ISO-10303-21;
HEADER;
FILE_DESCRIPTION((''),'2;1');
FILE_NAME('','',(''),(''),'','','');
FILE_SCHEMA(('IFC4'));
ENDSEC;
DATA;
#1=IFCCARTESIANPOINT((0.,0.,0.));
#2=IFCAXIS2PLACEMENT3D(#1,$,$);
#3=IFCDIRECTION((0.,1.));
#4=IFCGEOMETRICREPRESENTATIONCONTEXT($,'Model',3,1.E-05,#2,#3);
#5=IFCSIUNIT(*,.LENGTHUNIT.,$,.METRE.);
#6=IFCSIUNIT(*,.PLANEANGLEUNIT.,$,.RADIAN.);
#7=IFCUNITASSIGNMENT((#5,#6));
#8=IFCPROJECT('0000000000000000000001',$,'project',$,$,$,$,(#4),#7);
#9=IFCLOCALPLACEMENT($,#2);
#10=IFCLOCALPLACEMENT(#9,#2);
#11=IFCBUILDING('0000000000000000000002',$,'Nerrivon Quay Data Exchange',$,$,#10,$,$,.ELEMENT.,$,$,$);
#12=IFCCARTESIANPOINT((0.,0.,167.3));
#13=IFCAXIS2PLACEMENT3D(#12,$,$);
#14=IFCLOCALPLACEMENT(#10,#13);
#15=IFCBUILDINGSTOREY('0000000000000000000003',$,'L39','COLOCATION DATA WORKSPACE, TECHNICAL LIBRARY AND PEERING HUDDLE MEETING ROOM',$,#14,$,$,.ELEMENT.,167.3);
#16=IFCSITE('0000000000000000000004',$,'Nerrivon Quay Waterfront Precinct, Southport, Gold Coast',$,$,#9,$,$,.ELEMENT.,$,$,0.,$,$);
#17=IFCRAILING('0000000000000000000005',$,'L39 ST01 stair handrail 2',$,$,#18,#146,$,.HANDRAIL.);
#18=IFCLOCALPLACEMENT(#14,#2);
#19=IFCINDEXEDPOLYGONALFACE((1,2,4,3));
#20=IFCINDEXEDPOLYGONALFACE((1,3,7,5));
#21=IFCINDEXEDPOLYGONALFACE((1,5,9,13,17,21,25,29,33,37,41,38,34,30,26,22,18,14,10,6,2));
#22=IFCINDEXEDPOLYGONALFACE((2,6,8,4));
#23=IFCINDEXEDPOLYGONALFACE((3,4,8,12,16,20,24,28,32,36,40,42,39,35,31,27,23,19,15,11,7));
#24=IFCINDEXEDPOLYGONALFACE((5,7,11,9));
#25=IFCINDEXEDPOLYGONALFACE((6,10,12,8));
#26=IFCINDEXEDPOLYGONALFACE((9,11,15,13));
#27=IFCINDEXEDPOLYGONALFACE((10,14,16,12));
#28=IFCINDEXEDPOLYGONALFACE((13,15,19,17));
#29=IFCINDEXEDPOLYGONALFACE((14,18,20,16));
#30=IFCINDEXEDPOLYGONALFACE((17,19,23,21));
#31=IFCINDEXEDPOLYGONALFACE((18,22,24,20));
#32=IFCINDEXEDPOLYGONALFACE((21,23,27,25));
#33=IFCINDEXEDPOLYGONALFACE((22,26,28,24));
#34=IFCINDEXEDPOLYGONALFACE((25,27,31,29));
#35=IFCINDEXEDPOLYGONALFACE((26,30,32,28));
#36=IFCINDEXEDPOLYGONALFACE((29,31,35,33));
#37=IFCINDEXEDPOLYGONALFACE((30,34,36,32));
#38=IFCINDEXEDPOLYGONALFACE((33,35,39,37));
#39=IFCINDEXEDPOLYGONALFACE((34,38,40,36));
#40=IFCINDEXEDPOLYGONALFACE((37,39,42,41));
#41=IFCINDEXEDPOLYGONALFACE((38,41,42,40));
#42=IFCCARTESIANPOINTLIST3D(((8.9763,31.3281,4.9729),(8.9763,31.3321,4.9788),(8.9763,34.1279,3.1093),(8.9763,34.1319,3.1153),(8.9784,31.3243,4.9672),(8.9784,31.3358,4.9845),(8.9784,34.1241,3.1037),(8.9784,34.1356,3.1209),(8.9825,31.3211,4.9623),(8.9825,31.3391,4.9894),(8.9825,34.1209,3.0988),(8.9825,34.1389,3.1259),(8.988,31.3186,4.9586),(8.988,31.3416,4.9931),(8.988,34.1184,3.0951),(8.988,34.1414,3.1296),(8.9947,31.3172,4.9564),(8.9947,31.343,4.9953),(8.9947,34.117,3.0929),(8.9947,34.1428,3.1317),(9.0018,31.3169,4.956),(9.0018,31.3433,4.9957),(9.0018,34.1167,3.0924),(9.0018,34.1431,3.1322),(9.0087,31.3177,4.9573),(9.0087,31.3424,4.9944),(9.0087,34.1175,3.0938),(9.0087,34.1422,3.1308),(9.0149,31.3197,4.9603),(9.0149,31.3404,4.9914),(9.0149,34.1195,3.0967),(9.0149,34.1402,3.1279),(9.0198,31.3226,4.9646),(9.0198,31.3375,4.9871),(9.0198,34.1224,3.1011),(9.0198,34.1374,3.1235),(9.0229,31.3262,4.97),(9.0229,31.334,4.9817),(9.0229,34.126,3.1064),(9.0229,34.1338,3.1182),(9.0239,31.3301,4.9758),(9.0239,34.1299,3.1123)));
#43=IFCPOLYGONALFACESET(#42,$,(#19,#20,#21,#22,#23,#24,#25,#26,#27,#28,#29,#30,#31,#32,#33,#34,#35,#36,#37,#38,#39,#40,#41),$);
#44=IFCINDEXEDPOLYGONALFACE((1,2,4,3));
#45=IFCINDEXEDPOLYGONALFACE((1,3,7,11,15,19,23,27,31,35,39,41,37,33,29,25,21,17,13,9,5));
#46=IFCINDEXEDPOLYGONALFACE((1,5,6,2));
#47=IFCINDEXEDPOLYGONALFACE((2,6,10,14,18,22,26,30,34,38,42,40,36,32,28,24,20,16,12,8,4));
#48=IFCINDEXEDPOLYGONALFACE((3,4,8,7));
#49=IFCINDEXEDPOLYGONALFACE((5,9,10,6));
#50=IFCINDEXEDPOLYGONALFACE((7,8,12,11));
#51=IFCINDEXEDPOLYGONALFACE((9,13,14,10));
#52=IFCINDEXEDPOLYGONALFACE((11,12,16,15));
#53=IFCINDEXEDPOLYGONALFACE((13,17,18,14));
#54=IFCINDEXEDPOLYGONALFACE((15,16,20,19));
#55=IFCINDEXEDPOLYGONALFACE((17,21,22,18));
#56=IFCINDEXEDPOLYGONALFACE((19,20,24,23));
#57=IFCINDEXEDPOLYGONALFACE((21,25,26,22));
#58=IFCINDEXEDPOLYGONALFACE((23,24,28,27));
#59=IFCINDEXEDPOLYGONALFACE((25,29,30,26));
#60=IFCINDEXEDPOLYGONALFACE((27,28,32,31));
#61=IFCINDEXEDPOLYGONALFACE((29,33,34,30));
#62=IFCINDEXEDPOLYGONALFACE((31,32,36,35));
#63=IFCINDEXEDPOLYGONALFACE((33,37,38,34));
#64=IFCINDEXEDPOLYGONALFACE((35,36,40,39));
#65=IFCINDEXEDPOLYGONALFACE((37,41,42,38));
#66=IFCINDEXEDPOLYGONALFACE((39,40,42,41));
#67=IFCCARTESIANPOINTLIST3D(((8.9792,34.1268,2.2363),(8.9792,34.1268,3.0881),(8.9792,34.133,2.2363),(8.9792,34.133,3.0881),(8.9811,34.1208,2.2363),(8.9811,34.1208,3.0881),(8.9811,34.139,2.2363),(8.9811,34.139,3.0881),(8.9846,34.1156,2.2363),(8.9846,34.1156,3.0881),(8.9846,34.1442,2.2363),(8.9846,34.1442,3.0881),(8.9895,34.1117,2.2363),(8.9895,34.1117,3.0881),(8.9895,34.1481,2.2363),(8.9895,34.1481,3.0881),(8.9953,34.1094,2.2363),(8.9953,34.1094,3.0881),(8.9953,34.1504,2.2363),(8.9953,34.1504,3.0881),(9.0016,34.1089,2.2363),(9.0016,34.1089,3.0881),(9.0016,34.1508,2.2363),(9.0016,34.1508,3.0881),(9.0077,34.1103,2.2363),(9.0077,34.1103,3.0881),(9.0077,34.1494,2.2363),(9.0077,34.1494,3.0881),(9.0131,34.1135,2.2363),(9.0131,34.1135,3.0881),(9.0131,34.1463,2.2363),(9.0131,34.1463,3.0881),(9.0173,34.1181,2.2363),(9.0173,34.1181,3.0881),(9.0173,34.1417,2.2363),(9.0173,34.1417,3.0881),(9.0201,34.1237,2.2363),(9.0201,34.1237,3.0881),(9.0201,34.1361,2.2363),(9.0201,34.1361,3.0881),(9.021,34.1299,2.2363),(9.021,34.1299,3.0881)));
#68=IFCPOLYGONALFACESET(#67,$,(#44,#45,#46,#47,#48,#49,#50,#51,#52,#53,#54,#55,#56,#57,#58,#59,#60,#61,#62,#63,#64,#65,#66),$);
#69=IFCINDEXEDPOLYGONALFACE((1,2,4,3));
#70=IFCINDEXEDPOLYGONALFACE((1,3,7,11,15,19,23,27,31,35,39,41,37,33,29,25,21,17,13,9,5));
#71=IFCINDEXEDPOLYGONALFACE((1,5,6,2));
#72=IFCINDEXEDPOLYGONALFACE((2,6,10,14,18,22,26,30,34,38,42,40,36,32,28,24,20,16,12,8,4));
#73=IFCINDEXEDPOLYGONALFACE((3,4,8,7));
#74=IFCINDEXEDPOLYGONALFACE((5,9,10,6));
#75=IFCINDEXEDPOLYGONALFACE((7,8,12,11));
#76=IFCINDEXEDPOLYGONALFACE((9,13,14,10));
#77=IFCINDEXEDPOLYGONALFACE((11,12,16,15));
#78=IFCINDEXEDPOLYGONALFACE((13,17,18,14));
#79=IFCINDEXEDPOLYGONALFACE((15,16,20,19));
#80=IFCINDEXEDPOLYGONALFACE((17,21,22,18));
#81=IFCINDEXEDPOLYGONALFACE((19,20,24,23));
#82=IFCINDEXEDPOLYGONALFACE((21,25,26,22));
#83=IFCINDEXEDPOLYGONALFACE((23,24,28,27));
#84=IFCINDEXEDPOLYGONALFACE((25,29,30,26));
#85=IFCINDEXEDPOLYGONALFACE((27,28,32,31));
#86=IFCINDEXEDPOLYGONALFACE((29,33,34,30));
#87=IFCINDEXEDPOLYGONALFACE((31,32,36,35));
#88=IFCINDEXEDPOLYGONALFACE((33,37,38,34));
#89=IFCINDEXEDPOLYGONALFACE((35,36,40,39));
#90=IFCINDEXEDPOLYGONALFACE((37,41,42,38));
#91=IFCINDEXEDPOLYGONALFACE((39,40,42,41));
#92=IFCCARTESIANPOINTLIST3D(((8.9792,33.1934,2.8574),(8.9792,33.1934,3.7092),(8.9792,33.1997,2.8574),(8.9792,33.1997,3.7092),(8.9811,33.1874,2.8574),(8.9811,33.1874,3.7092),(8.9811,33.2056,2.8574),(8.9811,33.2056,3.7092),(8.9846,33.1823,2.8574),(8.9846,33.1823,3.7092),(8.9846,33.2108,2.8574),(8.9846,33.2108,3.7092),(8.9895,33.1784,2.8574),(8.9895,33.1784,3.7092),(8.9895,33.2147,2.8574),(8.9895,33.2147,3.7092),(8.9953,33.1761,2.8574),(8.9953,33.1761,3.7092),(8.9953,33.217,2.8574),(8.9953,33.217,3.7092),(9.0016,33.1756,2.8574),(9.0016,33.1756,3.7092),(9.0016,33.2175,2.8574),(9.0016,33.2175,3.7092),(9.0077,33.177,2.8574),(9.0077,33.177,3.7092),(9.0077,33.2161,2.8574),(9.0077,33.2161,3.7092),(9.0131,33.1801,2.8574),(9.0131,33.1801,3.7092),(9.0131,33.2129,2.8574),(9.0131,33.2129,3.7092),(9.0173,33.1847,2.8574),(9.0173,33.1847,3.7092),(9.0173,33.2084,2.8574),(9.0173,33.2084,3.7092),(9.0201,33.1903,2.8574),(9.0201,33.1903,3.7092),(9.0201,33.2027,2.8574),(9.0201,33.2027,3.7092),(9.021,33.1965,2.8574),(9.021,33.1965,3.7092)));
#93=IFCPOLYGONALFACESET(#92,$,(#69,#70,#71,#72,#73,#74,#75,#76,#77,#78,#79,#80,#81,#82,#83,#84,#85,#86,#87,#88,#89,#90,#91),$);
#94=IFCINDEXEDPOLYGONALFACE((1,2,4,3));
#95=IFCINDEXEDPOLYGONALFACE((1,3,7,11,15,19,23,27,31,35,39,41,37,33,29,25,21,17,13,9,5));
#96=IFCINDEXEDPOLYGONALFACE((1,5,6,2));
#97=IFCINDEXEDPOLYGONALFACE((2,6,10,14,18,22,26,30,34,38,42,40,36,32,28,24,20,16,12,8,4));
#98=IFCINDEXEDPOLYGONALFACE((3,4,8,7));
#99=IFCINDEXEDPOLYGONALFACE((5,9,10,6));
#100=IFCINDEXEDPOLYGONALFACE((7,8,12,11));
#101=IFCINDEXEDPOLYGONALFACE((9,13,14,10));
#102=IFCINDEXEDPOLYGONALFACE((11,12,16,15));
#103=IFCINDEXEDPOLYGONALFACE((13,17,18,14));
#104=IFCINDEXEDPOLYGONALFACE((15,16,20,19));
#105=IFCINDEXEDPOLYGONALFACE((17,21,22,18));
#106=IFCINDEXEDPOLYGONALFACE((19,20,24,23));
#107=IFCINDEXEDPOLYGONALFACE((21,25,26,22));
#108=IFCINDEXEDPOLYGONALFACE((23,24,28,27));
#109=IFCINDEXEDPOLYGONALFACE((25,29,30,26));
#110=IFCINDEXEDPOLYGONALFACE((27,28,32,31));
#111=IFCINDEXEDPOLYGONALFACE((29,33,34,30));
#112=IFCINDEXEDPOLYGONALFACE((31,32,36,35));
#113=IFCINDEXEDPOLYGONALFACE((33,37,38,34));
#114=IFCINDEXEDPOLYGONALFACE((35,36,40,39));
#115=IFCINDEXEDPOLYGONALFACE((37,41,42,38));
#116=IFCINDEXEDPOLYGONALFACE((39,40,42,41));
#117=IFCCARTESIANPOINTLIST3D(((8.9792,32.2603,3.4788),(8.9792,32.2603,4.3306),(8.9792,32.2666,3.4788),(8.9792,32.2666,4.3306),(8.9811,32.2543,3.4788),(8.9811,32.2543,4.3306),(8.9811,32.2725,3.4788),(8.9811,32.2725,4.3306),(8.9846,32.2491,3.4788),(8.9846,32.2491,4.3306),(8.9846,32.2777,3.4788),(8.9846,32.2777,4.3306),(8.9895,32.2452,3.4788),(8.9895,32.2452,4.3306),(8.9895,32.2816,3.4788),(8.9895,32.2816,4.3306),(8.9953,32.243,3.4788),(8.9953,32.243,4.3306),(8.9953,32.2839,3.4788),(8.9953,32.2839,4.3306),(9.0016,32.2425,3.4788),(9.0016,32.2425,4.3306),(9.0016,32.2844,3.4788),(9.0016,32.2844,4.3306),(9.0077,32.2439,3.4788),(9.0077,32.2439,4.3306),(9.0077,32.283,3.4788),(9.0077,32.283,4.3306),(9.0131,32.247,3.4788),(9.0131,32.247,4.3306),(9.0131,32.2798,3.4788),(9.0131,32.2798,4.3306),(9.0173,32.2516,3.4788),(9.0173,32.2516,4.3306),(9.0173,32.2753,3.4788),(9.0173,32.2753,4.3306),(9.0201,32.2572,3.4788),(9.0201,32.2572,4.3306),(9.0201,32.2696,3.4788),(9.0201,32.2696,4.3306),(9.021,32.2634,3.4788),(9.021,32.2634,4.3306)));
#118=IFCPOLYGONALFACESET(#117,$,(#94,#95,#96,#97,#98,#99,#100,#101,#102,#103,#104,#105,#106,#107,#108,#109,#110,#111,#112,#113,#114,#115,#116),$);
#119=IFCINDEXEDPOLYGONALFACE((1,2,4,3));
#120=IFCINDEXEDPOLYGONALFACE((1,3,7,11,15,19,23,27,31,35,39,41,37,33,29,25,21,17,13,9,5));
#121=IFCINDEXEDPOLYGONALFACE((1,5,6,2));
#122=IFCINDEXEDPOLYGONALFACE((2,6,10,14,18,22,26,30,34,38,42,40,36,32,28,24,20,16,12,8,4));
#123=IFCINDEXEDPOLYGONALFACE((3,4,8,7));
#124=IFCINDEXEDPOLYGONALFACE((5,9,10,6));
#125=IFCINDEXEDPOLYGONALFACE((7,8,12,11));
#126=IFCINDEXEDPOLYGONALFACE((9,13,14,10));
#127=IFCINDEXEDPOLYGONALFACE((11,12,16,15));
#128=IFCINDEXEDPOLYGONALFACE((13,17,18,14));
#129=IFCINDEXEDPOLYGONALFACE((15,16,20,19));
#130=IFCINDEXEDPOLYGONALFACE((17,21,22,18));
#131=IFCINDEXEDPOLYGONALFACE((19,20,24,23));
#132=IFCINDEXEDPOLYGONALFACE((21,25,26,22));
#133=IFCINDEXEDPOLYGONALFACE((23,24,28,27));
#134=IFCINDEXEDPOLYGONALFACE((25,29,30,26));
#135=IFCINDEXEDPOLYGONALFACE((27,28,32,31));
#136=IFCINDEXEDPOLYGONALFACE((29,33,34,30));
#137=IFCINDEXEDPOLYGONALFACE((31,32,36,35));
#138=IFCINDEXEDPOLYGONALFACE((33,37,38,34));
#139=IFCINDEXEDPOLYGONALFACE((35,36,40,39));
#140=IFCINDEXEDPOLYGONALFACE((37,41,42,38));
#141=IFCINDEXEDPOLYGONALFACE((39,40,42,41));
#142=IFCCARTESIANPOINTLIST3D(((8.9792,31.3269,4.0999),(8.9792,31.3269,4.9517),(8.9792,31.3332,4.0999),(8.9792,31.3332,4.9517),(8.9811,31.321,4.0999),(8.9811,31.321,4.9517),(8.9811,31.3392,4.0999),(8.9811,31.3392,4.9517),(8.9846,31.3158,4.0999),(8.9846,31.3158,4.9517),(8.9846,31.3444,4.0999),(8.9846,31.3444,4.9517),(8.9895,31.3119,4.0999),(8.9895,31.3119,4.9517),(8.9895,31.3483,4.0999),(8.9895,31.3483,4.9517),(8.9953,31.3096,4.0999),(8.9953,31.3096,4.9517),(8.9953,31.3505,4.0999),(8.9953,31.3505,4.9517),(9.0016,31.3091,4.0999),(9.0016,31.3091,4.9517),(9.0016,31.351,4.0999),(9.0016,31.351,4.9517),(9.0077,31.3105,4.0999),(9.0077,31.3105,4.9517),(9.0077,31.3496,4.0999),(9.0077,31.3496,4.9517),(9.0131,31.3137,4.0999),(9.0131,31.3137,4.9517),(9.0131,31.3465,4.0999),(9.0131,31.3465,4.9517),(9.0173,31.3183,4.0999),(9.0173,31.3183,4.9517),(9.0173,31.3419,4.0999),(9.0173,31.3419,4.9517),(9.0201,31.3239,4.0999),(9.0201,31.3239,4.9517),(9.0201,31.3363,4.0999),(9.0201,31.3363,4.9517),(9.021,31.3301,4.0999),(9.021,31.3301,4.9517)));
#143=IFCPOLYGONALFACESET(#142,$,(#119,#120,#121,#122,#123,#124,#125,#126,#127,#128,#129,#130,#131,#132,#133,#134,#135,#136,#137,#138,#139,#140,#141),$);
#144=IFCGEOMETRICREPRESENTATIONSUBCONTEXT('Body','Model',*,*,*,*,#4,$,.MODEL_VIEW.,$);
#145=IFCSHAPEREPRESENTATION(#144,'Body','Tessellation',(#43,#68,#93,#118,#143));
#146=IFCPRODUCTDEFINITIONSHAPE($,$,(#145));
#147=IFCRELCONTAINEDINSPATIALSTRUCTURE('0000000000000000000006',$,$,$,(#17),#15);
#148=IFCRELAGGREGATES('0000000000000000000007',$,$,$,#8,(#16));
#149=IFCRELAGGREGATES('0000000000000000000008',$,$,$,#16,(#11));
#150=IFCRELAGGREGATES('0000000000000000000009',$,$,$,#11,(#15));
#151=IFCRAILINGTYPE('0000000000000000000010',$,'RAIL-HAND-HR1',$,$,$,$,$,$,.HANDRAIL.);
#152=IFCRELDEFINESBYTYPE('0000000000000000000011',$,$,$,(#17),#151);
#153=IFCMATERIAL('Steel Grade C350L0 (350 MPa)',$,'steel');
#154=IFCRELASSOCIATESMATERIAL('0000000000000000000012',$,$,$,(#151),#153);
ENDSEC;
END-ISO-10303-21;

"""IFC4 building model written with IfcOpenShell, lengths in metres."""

from ifc_helpers import new_model, si_unit, direction, frame, origin, origin_2d, place, context, subcontext, project, spatial, circle, extrude, material, type_object, element, save


model = new_model("IFC4")

# Units and contexts
model_context = context("Model", 3, precision=1e-05, world=origin(), true_north=direction((0.0, 1.0)))
body_context = subcontext(model_context, "Body", "Model", "MODEL_VIEW")
ifc_project = project(units=[si_unit("LENGTHUNIT", "METRE"), si_unit("PLANEANGLEUNIT", "RADIAN")], contexts=[model_context])

# Site, building, storey
site_placement = place(None, origin())
site = spatial("IfcSite", under=ifc_project, at=site_placement, Name="Nerrivon Quay Waterfront Precinct, Southport, Gold Coast", CompositionType="ELEMENT", RefElevation=0.0)
building_placement = place(site_placement, origin())
building = spatial("IfcBuilding", under=site, at=building_placement, Name="Nerrivon Quay Data Exchange", CompositionType="ELEMENT")
storey_placement = place(building_placement, frame((0.0, 0.0, 167.3)))
storey = spatial("IfcBuildingStorey", under=building, at=storey_placement, Name="L39", Description="COLOCATION DATA WORKSPACE, TECHNICAL LIBRARY AND PEERING HUDDLE MEETING ROOM", CompositionType="ELEMENT", Elevation=167.3)

# Railing
ifc_material_1 = material(Name="Steel Grade C350L0 (350 MPa)", Category="steel")
railing_type_1 = type_object("IfcRailingType", Name="RAIL-HAND-HR1", PredefinedType="HANDRAIL", material=ifc_material_1)
railing_1_placement = place(storey_placement, frame((9.0, 34.1299, 2.2363)))
element("IfcRailing", 1, at=railing_1_placement, inside=storey, type_object=railing_type_1, Name="L39 ST01 stair handrail 2", PredefinedType="HANDRAIL", context=body_context, shape_type="SweptSolid", body=[
    extrude(circle(Radius=0.0239, at=origin_2d()), frame((0.0, 0.0, 0.876), z_axis=(0.0, -0.832463, 0.55408), x_axis=(1.0, 0.0, 0.0)), (0.0, 0.0, 1.0), 3.3633),
    extrude(circle(Radius=0.021, at=origin_2d()), origin(), (0.0, 0.0, 1.0), 0.8518),
    extrude(circle(Radius=0.021, at=origin_2d()), frame((0.0, -0.9333, 0.6211)), (0.0, 0.0, 1.0), 0.8518),
    extrude(circle(Radius=0.021, at=origin_2d()), frame((0.0, -1.8665, 1.2424)), (0.0, 0.0, 1.0), 0.8518),
    extrude(circle(Radius=0.021, at=origin_2d()), frame((0.0, -2.7998, 1.8635)), (0.0, 0.0, 1.0), 0.8518),
])

save(model, "model.ifc")
